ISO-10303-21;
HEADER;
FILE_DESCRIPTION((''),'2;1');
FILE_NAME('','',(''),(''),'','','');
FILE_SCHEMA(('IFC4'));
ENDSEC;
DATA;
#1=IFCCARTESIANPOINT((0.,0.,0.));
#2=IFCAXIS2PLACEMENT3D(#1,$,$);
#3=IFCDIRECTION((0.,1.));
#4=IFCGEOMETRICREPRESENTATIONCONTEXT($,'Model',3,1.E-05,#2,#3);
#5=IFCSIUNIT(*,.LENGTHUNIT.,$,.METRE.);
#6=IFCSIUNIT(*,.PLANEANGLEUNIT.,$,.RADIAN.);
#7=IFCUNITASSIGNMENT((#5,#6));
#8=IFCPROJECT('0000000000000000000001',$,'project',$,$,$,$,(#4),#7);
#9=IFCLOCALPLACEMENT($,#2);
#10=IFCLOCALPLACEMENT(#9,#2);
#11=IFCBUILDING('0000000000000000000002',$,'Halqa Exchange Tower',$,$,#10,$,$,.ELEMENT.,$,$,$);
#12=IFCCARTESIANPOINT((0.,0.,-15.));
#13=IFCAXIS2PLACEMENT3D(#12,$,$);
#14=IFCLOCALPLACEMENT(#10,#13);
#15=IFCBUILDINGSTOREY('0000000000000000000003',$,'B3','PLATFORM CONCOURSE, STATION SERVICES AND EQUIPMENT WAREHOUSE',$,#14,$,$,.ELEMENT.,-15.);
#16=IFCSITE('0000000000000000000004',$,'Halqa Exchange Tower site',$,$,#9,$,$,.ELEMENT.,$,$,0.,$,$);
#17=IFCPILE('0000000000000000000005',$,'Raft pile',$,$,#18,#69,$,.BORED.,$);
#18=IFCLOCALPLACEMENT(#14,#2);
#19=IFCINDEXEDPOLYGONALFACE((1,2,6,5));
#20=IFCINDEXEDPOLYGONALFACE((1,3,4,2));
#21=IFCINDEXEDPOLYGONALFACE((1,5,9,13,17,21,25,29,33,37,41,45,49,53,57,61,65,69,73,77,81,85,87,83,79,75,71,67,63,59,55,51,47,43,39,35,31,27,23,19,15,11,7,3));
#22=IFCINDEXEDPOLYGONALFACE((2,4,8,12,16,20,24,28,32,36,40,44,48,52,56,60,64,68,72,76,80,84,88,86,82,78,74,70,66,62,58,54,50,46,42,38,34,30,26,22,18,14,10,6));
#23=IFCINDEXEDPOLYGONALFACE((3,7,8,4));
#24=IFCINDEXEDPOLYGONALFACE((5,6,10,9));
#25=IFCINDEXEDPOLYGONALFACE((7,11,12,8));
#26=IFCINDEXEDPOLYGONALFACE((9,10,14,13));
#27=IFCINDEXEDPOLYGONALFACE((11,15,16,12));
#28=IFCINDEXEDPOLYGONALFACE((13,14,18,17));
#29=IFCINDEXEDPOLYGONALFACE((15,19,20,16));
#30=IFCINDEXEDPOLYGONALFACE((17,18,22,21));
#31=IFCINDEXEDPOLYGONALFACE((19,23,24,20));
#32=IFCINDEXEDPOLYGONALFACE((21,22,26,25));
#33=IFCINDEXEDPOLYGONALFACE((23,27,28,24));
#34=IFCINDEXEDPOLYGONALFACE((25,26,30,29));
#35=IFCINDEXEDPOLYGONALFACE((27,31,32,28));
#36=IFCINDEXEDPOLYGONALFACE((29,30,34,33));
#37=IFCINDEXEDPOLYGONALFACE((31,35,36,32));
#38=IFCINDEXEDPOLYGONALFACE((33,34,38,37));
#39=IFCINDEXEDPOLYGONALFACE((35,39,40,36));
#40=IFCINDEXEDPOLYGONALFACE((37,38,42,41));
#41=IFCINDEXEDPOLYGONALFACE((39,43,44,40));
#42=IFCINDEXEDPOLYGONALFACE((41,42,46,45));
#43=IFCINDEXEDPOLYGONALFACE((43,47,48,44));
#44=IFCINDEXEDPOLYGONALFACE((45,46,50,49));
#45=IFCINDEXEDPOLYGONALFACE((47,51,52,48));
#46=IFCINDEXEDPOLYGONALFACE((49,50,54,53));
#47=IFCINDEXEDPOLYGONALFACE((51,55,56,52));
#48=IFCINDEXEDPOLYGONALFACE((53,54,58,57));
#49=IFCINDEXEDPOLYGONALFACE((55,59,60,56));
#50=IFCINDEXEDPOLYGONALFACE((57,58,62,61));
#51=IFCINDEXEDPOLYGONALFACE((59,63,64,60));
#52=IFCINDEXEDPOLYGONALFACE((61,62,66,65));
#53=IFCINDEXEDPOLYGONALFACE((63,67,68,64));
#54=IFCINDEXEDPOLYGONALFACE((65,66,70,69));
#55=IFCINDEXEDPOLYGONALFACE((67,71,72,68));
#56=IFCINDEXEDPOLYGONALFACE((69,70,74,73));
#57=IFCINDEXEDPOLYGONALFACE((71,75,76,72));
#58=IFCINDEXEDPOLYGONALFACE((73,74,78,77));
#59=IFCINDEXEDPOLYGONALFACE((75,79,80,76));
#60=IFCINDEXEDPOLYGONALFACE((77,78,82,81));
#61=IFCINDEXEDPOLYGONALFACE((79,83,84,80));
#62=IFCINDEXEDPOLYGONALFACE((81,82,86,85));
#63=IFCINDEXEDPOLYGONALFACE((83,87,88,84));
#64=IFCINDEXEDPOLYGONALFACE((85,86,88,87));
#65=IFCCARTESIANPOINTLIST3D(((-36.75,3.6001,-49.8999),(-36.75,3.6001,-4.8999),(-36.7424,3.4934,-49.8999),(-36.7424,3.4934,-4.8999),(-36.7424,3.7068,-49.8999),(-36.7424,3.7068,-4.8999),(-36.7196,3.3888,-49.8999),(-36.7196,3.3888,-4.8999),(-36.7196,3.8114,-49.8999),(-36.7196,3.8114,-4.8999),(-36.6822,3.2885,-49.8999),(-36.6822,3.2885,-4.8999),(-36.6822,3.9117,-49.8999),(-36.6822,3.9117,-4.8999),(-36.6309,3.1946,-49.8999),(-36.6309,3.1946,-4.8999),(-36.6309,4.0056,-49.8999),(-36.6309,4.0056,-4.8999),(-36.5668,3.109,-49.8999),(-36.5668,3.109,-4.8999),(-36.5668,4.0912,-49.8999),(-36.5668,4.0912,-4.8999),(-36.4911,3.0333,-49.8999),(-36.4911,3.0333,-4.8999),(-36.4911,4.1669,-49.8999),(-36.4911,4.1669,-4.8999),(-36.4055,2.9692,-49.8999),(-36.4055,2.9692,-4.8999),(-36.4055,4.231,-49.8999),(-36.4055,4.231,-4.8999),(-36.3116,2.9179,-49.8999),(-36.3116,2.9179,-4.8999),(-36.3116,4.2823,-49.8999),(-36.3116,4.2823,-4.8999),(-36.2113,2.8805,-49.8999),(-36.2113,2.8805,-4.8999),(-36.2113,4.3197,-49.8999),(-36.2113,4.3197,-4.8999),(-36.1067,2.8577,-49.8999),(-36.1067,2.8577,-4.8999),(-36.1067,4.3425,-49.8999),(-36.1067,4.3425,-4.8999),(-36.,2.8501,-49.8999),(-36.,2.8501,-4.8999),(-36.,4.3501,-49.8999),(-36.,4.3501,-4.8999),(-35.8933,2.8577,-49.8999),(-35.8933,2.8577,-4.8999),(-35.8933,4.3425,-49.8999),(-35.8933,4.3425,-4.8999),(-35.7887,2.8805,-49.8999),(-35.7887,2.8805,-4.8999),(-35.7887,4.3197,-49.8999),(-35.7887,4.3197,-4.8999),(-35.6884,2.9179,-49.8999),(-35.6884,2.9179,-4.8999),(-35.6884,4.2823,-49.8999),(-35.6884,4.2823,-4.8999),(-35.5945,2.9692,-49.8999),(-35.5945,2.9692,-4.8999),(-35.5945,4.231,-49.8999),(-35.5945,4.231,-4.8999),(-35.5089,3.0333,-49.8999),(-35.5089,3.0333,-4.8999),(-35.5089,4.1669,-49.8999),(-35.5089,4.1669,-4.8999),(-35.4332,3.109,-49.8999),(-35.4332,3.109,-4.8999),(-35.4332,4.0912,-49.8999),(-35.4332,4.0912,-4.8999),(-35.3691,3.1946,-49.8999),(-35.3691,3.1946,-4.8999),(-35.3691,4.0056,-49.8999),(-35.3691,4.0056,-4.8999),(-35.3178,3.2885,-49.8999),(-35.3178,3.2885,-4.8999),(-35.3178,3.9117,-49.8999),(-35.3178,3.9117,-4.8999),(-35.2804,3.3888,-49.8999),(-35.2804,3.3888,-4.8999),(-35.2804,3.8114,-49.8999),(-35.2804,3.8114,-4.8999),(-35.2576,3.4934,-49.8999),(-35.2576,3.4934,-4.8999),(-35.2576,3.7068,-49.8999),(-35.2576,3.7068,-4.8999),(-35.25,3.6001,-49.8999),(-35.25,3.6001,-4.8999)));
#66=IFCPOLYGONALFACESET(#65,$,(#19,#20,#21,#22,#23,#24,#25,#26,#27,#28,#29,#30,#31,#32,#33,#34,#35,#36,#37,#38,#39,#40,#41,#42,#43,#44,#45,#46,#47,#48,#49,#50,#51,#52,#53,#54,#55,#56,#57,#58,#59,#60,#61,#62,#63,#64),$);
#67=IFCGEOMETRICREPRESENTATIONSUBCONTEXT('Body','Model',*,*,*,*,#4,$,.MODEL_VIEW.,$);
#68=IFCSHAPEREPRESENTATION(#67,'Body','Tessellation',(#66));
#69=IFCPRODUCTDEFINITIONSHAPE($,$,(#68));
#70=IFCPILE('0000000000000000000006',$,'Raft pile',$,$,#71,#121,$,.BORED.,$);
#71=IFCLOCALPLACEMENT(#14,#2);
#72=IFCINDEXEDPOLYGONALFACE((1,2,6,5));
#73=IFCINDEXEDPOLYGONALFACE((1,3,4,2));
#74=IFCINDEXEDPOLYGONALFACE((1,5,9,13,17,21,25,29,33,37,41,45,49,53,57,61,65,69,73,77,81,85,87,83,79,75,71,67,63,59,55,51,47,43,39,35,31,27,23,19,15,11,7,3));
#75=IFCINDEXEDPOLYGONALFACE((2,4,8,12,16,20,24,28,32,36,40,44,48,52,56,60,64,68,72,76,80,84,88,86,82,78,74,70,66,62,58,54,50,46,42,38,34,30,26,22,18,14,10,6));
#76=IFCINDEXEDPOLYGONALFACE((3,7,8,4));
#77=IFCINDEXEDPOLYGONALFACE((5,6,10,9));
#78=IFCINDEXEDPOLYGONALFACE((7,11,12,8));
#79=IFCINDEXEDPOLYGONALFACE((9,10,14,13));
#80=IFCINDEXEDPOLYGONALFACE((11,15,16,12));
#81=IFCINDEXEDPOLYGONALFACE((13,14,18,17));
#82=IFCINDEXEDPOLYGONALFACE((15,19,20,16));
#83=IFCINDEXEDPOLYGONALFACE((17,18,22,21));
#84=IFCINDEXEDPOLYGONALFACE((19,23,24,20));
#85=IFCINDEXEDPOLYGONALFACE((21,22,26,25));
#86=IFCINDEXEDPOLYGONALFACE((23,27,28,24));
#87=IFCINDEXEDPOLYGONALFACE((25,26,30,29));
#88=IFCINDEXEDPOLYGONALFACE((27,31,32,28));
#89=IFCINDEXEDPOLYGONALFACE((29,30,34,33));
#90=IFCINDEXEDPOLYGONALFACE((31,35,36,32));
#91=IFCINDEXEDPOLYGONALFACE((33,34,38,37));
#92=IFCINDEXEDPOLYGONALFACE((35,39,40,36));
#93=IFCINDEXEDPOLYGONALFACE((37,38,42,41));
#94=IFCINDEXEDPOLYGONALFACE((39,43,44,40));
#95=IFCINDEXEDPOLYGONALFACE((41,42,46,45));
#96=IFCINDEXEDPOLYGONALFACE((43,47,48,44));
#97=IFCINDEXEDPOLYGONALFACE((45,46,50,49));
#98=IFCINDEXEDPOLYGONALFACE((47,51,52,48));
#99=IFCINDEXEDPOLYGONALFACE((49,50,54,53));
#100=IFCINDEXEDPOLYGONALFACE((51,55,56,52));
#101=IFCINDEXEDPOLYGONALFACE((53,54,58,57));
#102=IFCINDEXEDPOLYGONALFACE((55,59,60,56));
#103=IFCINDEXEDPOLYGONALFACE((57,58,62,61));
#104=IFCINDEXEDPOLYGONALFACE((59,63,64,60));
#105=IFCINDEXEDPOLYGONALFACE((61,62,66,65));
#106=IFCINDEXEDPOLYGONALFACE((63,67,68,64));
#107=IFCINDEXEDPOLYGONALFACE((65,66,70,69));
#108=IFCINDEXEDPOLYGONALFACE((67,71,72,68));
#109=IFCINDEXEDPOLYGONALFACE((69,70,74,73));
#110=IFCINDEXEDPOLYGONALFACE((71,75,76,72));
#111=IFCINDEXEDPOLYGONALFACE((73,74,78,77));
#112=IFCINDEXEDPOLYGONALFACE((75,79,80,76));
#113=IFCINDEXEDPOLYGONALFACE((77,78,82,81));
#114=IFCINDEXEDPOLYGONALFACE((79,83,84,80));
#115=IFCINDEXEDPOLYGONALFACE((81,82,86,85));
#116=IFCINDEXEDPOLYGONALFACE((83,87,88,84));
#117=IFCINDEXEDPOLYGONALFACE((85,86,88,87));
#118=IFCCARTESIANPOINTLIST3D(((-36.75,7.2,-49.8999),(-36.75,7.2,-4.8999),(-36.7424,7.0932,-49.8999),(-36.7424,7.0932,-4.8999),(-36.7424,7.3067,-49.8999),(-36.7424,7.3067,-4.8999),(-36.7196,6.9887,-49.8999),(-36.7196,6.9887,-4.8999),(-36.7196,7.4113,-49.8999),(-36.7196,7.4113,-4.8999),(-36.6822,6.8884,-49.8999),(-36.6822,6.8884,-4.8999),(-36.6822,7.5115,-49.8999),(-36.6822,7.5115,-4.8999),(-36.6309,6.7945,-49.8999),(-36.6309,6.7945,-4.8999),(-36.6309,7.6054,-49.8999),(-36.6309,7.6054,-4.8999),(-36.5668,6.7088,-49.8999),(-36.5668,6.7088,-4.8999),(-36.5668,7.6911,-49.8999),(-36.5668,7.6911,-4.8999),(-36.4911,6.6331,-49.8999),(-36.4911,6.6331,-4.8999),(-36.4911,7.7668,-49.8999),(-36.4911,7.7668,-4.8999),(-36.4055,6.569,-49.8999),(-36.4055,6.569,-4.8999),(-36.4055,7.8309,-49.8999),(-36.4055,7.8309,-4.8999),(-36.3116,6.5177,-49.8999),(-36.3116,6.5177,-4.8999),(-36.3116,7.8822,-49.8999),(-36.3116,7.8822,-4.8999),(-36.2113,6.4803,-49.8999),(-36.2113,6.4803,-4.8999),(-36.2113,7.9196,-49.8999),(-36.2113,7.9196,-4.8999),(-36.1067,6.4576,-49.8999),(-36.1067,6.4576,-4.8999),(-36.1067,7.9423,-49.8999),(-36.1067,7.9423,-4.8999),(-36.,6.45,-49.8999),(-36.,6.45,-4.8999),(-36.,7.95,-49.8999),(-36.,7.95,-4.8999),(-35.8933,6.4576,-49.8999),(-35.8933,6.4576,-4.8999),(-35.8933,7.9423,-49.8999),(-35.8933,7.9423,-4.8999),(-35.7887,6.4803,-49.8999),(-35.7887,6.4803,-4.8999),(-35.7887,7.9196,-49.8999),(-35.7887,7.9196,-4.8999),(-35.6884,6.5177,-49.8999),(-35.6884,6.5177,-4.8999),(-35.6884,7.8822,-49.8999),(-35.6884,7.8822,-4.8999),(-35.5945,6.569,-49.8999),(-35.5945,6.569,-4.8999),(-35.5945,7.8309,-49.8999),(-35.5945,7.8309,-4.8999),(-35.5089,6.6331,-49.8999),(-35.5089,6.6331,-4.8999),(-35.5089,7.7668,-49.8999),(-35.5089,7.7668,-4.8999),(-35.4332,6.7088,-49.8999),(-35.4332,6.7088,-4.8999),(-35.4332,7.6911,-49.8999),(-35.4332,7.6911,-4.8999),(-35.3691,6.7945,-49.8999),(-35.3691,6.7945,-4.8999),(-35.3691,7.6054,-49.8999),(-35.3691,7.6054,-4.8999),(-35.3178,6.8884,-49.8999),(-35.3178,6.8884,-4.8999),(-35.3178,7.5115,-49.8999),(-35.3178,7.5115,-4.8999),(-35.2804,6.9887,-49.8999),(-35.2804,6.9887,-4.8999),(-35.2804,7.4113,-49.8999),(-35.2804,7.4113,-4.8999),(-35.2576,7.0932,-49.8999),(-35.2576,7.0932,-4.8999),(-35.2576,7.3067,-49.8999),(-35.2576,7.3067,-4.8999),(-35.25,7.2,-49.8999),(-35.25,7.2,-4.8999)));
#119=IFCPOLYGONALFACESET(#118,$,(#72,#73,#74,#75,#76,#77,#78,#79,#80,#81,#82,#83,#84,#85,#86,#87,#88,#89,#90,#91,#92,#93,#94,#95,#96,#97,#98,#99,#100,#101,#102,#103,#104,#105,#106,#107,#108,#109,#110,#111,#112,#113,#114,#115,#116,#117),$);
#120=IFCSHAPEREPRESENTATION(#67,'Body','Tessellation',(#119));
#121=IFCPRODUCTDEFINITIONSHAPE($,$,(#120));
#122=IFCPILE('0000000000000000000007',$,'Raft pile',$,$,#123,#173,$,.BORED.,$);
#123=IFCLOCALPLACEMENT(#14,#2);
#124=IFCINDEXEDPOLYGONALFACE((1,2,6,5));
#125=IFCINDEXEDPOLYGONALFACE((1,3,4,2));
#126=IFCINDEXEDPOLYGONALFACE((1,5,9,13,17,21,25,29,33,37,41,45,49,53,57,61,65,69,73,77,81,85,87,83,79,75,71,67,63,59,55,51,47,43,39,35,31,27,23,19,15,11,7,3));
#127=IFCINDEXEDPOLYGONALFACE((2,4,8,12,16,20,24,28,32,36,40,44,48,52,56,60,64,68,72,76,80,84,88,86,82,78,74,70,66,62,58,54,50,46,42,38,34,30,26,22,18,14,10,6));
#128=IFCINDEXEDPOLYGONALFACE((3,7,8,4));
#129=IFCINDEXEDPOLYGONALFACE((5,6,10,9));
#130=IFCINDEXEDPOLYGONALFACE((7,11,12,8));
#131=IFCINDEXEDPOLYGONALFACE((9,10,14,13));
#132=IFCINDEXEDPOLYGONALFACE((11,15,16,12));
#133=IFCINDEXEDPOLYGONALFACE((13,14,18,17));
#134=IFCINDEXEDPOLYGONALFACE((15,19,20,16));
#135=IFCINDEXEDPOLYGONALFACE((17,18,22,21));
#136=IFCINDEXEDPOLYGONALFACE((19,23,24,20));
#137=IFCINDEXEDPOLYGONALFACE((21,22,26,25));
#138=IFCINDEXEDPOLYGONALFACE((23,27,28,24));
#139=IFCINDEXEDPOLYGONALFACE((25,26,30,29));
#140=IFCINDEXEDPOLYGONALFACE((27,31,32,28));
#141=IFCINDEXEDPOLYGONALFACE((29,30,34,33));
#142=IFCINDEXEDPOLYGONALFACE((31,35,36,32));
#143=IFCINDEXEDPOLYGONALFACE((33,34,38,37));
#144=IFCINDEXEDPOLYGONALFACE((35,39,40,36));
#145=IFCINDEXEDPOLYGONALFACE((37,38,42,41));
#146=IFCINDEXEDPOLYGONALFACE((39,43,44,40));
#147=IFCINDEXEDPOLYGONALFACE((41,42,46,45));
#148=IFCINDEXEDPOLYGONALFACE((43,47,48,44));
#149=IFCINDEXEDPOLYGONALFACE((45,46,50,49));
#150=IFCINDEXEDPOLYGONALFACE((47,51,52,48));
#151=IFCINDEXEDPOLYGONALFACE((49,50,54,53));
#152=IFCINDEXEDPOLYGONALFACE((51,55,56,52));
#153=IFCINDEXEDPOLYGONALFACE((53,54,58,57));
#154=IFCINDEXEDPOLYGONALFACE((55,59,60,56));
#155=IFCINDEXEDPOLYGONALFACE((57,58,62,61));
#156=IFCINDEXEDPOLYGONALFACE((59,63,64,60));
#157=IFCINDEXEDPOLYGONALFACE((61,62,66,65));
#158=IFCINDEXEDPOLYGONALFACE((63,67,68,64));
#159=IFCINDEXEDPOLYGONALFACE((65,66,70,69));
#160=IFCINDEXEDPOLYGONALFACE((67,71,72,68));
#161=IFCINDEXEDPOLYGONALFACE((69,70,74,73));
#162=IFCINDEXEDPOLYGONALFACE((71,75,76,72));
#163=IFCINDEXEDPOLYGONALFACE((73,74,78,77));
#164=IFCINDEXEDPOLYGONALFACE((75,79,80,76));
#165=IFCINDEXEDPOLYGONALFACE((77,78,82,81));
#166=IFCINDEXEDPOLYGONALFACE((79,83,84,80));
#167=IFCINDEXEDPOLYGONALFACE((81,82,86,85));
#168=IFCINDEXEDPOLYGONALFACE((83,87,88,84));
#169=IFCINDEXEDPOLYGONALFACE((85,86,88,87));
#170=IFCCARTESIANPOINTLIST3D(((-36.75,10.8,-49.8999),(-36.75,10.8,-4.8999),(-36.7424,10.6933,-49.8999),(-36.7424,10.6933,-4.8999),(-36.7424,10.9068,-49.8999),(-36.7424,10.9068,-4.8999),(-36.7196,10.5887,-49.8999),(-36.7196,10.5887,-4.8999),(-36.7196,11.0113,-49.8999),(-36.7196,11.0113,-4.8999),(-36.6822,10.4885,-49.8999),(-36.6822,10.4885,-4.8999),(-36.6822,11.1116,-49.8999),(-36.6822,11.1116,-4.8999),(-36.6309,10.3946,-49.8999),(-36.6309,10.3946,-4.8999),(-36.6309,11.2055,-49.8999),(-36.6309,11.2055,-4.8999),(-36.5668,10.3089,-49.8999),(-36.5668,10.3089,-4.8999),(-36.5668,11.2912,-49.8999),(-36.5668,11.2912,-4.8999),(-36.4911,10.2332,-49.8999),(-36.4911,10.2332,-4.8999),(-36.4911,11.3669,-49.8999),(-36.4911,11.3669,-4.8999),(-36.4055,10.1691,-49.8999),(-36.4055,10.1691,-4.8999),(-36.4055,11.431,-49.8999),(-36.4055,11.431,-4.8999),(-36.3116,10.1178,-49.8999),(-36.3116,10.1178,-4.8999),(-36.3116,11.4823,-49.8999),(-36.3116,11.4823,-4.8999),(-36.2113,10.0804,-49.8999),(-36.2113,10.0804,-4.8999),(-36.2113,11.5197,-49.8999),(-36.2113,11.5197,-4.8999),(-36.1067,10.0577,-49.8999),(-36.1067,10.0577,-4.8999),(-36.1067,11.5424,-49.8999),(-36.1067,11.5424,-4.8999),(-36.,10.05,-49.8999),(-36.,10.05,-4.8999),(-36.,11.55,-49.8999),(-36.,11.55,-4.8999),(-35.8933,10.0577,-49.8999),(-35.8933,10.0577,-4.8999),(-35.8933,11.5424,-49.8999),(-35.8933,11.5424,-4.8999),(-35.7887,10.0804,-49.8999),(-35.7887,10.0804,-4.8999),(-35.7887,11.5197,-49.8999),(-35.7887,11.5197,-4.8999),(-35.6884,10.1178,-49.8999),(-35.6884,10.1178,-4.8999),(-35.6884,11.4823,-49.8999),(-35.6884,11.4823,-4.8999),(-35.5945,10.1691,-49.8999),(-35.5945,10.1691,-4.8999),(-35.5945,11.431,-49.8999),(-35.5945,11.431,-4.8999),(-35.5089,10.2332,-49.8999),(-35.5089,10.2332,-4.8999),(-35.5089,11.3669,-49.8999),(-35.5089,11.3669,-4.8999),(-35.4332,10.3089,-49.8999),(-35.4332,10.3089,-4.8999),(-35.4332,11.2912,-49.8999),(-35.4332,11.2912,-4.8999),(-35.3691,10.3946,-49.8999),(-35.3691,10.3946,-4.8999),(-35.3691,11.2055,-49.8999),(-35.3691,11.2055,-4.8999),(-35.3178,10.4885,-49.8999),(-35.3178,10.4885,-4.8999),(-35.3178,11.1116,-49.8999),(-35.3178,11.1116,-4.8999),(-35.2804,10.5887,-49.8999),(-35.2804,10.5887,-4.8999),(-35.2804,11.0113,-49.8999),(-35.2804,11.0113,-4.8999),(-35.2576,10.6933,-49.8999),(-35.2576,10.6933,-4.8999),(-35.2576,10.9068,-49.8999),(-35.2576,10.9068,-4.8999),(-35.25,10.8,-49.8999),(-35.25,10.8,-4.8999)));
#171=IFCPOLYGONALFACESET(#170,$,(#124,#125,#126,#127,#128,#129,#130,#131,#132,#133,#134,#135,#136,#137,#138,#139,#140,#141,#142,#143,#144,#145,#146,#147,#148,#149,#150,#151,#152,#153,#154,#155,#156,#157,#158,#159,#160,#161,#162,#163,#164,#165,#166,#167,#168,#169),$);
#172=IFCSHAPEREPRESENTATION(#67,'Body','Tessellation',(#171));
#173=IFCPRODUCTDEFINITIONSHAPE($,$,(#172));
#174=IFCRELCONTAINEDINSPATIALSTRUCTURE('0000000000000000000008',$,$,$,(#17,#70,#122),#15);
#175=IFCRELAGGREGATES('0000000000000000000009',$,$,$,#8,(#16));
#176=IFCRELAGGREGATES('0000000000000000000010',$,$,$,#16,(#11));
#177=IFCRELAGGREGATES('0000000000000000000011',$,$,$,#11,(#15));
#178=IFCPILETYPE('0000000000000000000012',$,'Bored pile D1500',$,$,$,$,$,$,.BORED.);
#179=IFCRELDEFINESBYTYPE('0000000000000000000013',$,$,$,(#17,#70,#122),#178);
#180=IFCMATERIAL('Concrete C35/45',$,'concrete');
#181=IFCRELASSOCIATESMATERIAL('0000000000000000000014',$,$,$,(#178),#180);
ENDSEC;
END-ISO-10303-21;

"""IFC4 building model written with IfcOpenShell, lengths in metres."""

from ifc_helpers import new_model, si_unit, direction, frame, origin, origin_2d, place, context, subcontext, project, spatial, circle, extrude, material, material_profile, profile_set, type_object, element, save


model = new_model("IFC4")

# Units and contexts
model_context = context("Model", 3, precision=1e-05, world=origin(), true_north=direction((0.0, 1.0)))
body_context = subcontext(model_context, "Body", "Model", "MODEL_VIEW")
ifc_project = project(units=[si_unit("LENGTHUNIT", "METRE"), si_unit("PLANEANGLEUNIT", "RADIAN")], contexts=[model_context])

# Site, building, storey
site_placement = place(None, origin())
site = spatial("IfcSite", under=ifc_project, at=site_placement, Name="Halqa Exchange Tower site", CompositionType="ELEMENT", RefElevation=0.0)
building_placement = place(site_placement, origin())
building = spatial("IfcBuilding", under=site, at=building_placement, Name="Halqa Exchange Tower", CompositionType="ELEMENT")
storey_placement = place(building_placement, frame((0.0, 0.0, -15.0)))
storey = spatial("IfcBuildingStorey", under=building, at=storey_placement, Name="B3", Description="PLATFORM CONCOURSE, STATION SERVICES AND EQUIPMENT WAREHOUSE", CompositionType="ELEMENT", Elevation=-15.0)

# Piles
ifc_material_1 = material(Name="Concrete C35/45", Category="concrete")
ifc_material_profile_1 = material_profile(ifc_material_1, circle(Radius=0.75, at=origin_2d()), Name="D1500")
ifc_profile_set_1 = profile_set([ifc_material_profile_1], Name="Concrete C35/45")
pile_type_1 = type_object("IfcPileType", Name="Bored pile D1500", PredefinedType="BORED", material=ifc_profile_set_1)
for number, where, z_axis, x_axis, name in (
    (1, (-36.0, 3.6001, -4.8999), (0.0, 0.0, -1.0), (1.0, 0.0, 0.0), "Raft pile"),
    (2, (-36.0, 7.2, -4.8999), (0.0, 0.0, -1.0), (1.0, 0.0, 0.0), "Raft pile"),
    (3, (-36.0, 10.8, -4.8999), (0.0, 0.0, -1.0), (1.0, 0.0, 0.0), "Raft pile"),
):
    element("IfcPile", number, at=place(storey_placement, frame(where, z_axis=z_axis, x_axis=x_axis)), inside=storey, type_object=pile_type_1, Name=name, PredefinedType="BORED", context=body_context, shape_type="SweptSolid", body=[
        extrude(circle(Radius=0.75, at=origin_2d()), origin(), (0.0, 0.0, 1.0), 45.0),
    ])

save(model, "model.ifc")
